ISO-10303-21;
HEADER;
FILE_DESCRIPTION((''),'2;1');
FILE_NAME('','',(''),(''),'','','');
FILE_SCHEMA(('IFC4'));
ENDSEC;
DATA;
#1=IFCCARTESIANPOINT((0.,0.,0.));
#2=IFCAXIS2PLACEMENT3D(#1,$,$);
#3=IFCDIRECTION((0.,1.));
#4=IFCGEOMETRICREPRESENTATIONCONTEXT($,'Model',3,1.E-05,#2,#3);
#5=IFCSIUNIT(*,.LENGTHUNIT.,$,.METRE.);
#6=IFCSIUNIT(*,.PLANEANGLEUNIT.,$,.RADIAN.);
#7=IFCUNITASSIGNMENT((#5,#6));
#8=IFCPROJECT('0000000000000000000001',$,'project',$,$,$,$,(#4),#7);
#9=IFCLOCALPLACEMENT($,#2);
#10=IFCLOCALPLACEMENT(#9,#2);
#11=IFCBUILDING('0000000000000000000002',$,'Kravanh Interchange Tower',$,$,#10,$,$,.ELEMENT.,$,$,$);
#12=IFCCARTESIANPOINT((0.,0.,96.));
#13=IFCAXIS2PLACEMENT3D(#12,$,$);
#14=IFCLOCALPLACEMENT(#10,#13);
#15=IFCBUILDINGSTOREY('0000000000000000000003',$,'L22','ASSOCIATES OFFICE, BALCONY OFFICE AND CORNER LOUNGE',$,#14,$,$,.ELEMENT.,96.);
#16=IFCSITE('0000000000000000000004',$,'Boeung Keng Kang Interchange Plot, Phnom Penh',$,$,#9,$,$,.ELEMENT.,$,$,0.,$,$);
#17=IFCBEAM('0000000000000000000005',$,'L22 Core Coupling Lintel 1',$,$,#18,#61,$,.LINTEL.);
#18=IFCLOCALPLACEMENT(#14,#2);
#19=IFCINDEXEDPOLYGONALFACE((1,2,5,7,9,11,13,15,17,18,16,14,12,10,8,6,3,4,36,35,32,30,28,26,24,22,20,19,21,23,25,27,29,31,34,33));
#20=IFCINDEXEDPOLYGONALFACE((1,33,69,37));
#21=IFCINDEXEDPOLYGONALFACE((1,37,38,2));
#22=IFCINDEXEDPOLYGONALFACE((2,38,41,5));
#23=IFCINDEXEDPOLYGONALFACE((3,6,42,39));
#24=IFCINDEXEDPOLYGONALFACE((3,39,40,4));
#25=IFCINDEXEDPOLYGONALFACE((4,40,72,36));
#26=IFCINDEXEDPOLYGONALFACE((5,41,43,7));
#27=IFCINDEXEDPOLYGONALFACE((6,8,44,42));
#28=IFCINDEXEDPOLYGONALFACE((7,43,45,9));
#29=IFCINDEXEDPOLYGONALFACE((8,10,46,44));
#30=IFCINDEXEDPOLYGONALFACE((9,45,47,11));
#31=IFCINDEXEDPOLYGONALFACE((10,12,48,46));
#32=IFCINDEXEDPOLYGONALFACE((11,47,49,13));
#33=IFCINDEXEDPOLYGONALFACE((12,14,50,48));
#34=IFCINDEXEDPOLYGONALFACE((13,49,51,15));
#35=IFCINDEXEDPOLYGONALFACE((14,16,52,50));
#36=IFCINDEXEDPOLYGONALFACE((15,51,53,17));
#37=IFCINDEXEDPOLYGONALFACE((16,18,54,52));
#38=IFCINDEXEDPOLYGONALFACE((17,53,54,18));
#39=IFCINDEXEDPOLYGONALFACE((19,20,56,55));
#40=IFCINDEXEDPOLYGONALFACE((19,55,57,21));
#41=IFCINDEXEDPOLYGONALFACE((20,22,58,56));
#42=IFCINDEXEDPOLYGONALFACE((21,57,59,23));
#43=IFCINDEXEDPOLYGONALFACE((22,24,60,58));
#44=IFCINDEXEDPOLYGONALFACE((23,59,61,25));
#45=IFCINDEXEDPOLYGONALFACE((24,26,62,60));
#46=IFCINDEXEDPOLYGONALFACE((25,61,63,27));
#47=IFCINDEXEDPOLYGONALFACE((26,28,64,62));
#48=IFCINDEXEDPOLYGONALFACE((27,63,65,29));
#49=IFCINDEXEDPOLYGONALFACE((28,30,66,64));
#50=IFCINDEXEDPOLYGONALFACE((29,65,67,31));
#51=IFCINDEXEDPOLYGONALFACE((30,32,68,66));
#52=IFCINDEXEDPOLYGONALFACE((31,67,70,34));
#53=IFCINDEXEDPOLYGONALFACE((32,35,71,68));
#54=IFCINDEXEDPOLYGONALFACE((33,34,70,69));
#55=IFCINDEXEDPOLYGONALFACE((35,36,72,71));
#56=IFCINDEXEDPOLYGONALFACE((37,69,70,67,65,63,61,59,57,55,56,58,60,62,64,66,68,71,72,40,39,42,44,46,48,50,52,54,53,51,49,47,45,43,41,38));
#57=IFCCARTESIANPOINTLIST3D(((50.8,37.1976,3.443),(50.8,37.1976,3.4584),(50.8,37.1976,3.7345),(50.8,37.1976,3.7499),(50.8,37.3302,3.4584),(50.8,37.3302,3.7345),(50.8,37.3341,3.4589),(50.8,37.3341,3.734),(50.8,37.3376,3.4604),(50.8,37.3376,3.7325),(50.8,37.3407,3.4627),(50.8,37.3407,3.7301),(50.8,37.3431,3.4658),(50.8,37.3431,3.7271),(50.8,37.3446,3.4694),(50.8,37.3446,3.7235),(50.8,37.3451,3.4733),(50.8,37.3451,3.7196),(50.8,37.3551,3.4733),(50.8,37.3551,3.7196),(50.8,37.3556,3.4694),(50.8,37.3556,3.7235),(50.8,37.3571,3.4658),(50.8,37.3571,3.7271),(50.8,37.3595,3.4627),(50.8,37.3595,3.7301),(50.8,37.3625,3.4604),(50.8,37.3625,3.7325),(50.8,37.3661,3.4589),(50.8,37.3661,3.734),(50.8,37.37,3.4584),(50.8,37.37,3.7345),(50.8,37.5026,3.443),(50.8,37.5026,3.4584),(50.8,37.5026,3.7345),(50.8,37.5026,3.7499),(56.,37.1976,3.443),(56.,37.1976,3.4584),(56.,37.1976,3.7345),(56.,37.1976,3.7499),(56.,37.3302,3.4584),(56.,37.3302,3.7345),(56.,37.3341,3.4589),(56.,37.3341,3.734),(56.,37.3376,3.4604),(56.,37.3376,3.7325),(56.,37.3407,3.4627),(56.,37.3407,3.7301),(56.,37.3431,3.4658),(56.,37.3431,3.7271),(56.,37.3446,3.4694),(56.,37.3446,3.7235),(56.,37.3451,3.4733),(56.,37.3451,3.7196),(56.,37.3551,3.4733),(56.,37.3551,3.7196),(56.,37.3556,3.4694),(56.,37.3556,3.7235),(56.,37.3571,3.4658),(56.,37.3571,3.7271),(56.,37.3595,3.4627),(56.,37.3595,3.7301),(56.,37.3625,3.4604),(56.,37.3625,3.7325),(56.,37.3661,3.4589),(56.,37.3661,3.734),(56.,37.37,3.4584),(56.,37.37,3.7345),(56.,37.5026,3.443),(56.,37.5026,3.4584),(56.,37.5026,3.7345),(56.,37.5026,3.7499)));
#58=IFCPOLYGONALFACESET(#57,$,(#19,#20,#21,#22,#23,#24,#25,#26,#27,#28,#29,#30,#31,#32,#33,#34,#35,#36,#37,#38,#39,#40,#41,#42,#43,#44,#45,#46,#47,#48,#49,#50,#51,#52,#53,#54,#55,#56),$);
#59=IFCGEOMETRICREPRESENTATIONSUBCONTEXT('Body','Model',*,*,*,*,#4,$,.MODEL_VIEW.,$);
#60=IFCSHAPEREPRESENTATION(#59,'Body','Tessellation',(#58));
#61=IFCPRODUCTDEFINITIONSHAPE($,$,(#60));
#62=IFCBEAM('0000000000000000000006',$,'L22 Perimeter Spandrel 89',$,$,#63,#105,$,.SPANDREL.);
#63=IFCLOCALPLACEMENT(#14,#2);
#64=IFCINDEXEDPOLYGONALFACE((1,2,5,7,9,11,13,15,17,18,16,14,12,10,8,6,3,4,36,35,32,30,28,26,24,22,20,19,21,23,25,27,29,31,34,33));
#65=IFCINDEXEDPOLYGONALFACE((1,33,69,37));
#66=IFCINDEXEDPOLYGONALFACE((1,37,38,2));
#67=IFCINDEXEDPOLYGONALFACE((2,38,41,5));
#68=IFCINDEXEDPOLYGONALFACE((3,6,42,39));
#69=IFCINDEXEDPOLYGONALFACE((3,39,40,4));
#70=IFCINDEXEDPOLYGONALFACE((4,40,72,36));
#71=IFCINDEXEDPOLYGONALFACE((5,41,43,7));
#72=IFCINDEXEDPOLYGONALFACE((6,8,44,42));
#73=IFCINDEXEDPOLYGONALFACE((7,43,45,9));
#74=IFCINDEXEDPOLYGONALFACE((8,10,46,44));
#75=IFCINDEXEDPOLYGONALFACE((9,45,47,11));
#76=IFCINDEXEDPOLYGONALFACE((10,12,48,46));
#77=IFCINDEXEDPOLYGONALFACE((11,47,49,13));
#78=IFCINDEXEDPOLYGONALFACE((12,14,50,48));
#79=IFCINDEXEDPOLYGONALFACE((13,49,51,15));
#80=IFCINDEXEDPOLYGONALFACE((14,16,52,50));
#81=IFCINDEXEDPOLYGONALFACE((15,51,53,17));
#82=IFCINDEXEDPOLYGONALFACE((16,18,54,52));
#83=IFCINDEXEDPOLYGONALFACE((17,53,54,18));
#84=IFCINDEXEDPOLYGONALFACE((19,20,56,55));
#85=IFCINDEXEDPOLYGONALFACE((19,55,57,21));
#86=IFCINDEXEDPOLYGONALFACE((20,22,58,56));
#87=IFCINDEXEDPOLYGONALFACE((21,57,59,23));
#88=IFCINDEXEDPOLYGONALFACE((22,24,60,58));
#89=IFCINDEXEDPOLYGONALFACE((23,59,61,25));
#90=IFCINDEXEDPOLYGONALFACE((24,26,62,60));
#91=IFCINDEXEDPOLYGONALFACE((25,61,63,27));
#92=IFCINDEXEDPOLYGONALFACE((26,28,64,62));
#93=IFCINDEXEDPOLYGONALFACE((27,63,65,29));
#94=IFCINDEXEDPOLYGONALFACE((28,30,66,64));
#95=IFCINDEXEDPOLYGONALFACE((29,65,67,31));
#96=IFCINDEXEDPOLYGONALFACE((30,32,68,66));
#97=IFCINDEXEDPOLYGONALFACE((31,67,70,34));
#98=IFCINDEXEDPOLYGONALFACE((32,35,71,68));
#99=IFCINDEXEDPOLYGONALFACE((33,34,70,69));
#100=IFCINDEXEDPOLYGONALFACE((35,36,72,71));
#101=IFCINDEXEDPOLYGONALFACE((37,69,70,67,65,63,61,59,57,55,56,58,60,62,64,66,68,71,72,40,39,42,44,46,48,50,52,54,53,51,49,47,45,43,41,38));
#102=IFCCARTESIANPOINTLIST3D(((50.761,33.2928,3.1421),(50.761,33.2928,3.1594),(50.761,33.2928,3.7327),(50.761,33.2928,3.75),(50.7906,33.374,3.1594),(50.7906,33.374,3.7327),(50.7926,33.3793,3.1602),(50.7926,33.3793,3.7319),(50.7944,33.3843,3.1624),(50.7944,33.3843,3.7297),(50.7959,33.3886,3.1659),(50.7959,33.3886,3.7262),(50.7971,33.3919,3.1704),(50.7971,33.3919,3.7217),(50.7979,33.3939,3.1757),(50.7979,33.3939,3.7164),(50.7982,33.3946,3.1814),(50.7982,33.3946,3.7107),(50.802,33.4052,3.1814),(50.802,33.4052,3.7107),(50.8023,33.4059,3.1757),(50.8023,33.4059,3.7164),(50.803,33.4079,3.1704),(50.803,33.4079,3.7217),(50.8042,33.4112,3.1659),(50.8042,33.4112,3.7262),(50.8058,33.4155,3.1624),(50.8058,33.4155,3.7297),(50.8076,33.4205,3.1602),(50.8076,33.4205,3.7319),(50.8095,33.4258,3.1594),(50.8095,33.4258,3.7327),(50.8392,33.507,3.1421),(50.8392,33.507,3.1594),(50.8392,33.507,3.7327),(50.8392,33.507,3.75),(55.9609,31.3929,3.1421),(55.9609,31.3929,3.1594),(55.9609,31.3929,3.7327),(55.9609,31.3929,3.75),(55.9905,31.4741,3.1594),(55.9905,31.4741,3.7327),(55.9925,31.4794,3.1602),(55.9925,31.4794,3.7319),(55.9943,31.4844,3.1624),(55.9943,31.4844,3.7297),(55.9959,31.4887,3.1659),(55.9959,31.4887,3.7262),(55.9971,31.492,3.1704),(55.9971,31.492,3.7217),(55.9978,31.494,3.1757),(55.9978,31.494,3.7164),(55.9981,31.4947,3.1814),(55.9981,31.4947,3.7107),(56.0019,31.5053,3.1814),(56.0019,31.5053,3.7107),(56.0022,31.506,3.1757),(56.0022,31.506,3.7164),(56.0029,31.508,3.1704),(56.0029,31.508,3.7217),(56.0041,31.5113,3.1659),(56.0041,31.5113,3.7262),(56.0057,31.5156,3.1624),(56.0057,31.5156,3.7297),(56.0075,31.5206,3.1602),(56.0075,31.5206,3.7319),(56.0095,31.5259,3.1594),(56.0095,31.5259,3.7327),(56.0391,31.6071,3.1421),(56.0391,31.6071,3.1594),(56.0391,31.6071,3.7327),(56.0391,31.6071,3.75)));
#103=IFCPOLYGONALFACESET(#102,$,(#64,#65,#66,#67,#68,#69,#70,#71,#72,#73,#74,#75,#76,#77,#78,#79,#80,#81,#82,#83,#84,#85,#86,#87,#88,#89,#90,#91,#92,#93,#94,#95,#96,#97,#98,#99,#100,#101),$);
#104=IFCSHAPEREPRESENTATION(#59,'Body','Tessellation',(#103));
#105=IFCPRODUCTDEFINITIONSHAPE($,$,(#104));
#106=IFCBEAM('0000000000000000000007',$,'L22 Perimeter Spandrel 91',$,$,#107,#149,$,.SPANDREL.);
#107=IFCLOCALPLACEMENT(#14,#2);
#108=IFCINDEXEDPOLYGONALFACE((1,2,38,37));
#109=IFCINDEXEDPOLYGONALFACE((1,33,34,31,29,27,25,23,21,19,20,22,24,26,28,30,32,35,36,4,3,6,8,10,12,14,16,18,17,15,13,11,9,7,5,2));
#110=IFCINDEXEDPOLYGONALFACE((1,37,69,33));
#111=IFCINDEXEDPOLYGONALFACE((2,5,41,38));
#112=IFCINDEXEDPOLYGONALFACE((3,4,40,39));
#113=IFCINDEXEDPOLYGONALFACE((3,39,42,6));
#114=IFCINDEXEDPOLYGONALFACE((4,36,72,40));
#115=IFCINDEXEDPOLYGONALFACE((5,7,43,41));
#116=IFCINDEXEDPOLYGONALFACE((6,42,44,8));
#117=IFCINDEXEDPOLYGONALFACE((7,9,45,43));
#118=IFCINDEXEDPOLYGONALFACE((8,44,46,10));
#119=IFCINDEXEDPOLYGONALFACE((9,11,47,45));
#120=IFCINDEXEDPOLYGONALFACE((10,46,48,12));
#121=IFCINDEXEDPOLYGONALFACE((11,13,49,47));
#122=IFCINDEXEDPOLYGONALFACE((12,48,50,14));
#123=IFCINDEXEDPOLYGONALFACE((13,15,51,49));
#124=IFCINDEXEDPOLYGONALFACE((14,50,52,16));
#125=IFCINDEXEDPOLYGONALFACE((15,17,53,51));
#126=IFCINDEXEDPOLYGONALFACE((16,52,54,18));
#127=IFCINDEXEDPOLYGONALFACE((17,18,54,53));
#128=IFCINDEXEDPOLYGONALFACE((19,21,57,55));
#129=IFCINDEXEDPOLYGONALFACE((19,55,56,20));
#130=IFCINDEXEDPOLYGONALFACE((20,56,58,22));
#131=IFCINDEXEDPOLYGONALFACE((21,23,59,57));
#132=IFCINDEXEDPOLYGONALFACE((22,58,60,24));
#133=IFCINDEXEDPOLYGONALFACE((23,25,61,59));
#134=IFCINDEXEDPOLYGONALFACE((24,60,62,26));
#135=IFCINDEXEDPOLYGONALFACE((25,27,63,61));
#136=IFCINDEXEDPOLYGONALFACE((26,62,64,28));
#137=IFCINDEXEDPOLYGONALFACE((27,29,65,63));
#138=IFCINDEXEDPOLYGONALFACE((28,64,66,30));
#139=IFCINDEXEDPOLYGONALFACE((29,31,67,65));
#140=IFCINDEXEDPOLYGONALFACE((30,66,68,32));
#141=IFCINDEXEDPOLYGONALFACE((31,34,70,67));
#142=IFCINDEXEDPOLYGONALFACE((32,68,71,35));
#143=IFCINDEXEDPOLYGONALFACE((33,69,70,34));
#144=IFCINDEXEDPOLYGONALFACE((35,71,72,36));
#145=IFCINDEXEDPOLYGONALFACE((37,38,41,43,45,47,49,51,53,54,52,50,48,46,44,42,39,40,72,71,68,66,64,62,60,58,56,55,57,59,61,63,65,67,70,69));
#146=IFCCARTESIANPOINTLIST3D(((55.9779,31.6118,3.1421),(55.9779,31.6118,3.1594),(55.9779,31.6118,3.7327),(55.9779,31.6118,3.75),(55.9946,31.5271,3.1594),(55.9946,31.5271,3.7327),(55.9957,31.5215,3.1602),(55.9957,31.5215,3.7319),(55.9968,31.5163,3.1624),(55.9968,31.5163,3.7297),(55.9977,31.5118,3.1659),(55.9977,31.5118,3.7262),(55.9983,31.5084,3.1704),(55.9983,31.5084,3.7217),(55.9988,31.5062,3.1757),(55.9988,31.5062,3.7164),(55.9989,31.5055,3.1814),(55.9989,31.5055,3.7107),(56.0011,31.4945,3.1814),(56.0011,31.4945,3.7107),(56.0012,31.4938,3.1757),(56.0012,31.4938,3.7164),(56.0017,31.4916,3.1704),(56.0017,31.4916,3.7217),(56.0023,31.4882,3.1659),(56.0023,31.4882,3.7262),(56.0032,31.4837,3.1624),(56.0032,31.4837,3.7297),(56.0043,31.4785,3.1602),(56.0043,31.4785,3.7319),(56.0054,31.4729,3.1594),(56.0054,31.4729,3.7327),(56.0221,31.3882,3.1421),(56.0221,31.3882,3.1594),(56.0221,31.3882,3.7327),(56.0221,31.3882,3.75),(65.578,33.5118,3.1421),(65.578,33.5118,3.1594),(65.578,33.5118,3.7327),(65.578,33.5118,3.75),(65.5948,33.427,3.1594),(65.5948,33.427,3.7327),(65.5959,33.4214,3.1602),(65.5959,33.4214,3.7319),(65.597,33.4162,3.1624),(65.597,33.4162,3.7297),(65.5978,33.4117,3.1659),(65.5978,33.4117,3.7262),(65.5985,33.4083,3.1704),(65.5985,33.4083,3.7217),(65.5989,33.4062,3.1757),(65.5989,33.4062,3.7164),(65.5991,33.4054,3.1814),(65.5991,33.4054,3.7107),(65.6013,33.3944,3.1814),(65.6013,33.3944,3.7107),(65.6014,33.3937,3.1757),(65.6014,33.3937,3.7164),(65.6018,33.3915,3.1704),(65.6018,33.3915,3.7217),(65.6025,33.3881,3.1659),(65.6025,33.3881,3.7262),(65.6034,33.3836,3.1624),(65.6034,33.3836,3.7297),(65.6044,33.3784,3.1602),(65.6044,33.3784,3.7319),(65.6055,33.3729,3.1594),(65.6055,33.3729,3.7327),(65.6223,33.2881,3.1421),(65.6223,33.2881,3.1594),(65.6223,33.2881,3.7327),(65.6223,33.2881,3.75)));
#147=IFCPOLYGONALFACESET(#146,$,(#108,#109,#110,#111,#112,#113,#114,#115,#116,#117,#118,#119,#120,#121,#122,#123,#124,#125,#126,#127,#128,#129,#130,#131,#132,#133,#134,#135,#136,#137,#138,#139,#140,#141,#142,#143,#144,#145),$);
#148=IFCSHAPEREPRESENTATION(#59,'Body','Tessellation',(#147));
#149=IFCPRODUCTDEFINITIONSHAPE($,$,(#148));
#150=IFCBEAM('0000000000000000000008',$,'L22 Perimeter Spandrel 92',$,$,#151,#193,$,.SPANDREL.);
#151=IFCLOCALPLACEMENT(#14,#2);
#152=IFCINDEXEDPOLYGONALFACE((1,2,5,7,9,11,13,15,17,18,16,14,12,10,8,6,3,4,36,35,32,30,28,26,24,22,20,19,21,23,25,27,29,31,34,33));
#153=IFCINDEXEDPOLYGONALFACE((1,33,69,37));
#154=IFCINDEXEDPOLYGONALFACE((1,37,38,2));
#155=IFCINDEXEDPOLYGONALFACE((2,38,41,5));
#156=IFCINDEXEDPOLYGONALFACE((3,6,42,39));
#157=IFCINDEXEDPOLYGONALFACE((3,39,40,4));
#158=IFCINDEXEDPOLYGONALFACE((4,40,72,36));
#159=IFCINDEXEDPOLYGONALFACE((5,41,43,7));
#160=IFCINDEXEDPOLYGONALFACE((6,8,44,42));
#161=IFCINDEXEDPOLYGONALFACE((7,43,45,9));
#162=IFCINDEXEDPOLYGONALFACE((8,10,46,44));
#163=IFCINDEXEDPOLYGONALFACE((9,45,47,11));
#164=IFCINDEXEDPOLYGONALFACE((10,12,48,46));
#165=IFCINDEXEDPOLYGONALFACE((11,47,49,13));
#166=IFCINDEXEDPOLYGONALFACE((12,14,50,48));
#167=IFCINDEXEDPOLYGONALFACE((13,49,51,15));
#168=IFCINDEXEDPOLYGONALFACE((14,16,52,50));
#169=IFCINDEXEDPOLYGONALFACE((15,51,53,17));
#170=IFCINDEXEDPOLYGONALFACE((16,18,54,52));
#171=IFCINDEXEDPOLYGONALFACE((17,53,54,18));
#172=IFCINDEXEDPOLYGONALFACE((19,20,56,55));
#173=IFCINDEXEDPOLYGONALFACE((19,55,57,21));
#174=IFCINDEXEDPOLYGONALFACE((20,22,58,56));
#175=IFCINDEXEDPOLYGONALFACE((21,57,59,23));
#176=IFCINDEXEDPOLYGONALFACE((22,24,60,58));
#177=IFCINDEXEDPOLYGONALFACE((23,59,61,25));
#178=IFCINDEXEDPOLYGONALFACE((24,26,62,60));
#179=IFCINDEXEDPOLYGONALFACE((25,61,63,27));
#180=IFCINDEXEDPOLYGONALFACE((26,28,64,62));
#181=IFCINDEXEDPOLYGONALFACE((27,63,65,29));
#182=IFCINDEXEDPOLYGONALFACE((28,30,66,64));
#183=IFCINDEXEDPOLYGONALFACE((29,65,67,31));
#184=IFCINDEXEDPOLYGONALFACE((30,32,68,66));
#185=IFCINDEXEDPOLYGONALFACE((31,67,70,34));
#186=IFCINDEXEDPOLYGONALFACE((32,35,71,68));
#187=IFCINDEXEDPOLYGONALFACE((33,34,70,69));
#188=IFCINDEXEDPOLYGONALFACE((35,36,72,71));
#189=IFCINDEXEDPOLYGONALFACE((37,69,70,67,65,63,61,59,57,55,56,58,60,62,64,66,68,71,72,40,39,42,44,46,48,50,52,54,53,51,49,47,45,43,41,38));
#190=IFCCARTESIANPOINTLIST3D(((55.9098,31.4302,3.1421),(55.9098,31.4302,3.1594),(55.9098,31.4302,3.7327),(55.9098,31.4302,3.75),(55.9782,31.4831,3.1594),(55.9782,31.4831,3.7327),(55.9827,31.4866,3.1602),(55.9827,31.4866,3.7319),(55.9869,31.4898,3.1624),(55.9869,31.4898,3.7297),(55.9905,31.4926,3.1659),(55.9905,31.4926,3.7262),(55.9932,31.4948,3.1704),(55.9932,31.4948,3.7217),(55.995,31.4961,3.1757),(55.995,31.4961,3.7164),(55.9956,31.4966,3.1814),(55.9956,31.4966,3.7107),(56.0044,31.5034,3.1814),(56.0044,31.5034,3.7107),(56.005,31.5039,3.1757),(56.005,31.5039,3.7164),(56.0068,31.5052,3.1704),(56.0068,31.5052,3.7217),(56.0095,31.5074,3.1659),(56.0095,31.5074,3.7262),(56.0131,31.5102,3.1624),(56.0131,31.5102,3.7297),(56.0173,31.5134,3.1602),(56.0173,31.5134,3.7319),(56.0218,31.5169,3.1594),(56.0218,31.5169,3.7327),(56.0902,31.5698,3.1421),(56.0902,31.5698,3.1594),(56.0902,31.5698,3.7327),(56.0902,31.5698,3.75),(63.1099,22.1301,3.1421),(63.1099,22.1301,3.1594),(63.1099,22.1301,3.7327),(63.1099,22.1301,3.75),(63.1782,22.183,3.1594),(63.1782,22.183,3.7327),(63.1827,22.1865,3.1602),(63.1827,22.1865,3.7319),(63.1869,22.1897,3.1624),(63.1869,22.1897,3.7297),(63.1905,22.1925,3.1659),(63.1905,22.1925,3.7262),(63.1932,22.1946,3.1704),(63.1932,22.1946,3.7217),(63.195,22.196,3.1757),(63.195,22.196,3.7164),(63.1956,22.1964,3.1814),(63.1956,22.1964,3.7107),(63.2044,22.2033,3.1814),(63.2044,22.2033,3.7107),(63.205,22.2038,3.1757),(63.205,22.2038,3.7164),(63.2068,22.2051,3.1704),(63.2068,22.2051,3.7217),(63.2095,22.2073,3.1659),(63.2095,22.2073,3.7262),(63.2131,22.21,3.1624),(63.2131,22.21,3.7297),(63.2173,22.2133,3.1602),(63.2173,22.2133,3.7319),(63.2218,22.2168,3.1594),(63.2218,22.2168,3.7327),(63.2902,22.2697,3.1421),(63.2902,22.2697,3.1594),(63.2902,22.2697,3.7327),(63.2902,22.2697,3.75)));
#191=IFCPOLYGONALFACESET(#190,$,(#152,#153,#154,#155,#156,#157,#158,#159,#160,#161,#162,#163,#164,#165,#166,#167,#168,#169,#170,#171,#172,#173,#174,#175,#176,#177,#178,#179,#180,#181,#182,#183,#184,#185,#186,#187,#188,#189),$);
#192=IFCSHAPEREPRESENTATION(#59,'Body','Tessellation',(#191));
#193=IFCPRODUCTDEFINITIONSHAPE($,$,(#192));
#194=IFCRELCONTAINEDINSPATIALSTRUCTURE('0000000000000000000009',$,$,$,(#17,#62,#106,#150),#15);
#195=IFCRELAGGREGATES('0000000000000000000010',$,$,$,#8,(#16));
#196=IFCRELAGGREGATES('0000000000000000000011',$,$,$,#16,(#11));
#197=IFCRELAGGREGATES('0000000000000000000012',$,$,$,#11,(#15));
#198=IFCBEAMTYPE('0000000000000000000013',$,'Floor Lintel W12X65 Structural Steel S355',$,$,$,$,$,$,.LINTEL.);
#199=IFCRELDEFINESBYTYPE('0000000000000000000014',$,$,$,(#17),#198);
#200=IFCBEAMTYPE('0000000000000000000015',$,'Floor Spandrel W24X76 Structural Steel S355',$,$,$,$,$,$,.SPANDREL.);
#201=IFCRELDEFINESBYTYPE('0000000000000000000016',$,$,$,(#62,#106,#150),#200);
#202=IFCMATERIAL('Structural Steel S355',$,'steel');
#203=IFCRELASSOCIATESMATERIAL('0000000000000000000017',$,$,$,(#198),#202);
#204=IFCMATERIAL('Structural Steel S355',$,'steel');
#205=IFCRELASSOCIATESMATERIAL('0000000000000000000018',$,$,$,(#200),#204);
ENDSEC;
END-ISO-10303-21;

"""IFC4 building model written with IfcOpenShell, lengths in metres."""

from ifc_helpers import new_model, si_unit, direction, frame, origin, origin_2d, place, context, subcontext, project, spatial, i_section, extrude, material, material_profile, profile_set, type_object, element, save


model = new_model("IFC4")

# Units and contexts
model_context = context("Model", 3, precision=1e-05, world=origin(), true_north=direction((0.0, 1.0)))
body_context = subcontext(model_context, "Body", "Model", "MODEL_VIEW")
ifc_project = project(units=[si_unit("LENGTHUNIT", "METRE"), si_unit("PLANEANGLEUNIT", "RADIAN")], contexts=[model_context])

# Site, building, storey
site_placement = place(None, origin())
site = spatial("IfcSite", under=ifc_project, at=site_placement, Name="Boeung Keng Kang Interchange Plot, Phnom Penh", CompositionType="ELEMENT", RefElevation=0.0)
building_placement = place(site_placement, origin())
building = spatial("IfcBuilding", under=site, at=building_placement, Name="Kravanh Interchange Tower", CompositionType="ELEMENT")
storey_placement = place(building_placement, frame((0.0, 0.0, 96.0)))
storey = spatial("IfcBuildingStorey", under=building, at=storey_placement, Name="L22", Description="ASSOCIATES OFFICE, BALCONY OFFICE AND CORNER LOUNGE", CompositionType="ELEMENT", Elevation=96.0)

# Beams
ifc_material_1 = material(Name="Structural Steel S355", Category="steel")
ifc_material_profile_1 = material_profile(ifc_material_1, i_section(OverallWidth=0.3049, OverallDepth=0.3069, WebThickness=0.01, FlangeThickness=0.0154, FilletRadius=0.0149, at=origin_2d()), Name="W12X65")
ifc_profile_set_1 = profile_set([ifc_material_profile_1], Name="Structural Steel S355")
beam_type_1 = type_object("IfcBeamType", Name="Floor Lintel W12X65 Structural Steel S355", PredefinedType="LINTEL", material=ifc_profile_set_1)
beam_1_placement = place(storey_placement, frame((50.8, 37.3501, 3.5964), z_axis=(1.0, 0.0, 0.0), x_axis=(0.0, 1.0, 0.0)))
element("IfcBeam", 1, at=beam_1_placement, inside=storey, type_object=beam_type_1, Name="L22 Core Coupling Lintel 1", PredefinedType="LINTEL", context=body_context, shape_type="SweptSolid", body=[
    extrude(i_section(OverallWidth=0.3049, OverallDepth=0.3069, WebThickness=0.01, FlangeThickness=0.0154, FilletRadius=0.0149, at=origin_2d()), origin(), (0.0, 0.0, 1.0), 5.2),
])
ifc_material_2 = material(Name="Structural Steel S355", Category="steel")
ifc_material_profile_2 = material_profile(ifc_material_2, i_section(OverallWidth=0.228, OverallDepth=0.6079, WebThickness=0.0112, FlangeThickness=0.0173, FilletRadius=0.022, at=origin_2d()), Name="W24X76")
ifc_profile_set_2 = profile_set([ifc_material_profile_2], Name="Structural Steel S355")
beam_type_2 = type_object("IfcBeamType", Name="Floor Spandrel W24X76 Structural Steel S355", PredefinedType="SPANDREL", material=ifc_profile_set_2)
beam_2_placement = place(storey_placement, frame((56.0, 31.5, 3.446), z_axis=(-0.93927, 0.34318, 0.0), x_axis=(-0.34318, -0.93927, 0.0)))
element("IfcBeam", 2, at=beam_2_placement, inside=storey, type_object=beam_type_2, Name="L22 Perimeter Spandrel 89", PredefinedType="SPANDREL", context=body_context, shape_type="SweptSolid", body=[
    extrude(i_section(OverallWidth=0.228, OverallDepth=0.6079, WebThickness=0.0112, FlangeThickness=0.0173, FilletRadius=0.022, at=origin_2d()), origin(), (0.0, 0.0, 1.0), 5.5361),
])
beam_3_placement = place(storey_placement, frame((56.0, 31.5, 3.446), z_axis=(0.980974, 0.194139, 0.0), x_axis=(-0.194139, 0.980974, 0.0)))
element("IfcBeam", 3, at=beam_3_placement, inside=storey, type_object=beam_type_2, Name="L22 Perimeter Spandrel 91", PredefinedType="SPANDREL", context=body_context, shape_type="SweptSolid", body=[
    extrude(i_section(OverallWidth=0.228, OverallDepth=0.6079, WebThickness=0.0112, FlangeThickness=0.0173, FilletRadius=0.022, at=origin_2d()), origin(), (0.0, 0.0, 1.0), 9.7864),
])
beam_4_placement = place(storey_placement, frame((56.0, 31.5, 3.446), z_axis=(0.612169, -0.790727, 0.0), x_axis=(0.790727, 0.612169, 0.0)))
element("IfcBeam", 4, at=beam_4_placement, inside=storey, type_object=beam_type_2, Name="L22 Perimeter Spandrel 92", PredefinedType="SPANDREL", context=body_context, shape_type="SweptSolid", body=[
    extrude(i_section(OverallWidth=0.228, OverallDepth=0.6079, WebThickness=0.0112, FlangeThickness=0.0173, FilletRadius=0.022, at=origin_2d()), origin(), (0.0, 0.0, 1.0), 11.7615),
])

save(model, "model.ifc")
